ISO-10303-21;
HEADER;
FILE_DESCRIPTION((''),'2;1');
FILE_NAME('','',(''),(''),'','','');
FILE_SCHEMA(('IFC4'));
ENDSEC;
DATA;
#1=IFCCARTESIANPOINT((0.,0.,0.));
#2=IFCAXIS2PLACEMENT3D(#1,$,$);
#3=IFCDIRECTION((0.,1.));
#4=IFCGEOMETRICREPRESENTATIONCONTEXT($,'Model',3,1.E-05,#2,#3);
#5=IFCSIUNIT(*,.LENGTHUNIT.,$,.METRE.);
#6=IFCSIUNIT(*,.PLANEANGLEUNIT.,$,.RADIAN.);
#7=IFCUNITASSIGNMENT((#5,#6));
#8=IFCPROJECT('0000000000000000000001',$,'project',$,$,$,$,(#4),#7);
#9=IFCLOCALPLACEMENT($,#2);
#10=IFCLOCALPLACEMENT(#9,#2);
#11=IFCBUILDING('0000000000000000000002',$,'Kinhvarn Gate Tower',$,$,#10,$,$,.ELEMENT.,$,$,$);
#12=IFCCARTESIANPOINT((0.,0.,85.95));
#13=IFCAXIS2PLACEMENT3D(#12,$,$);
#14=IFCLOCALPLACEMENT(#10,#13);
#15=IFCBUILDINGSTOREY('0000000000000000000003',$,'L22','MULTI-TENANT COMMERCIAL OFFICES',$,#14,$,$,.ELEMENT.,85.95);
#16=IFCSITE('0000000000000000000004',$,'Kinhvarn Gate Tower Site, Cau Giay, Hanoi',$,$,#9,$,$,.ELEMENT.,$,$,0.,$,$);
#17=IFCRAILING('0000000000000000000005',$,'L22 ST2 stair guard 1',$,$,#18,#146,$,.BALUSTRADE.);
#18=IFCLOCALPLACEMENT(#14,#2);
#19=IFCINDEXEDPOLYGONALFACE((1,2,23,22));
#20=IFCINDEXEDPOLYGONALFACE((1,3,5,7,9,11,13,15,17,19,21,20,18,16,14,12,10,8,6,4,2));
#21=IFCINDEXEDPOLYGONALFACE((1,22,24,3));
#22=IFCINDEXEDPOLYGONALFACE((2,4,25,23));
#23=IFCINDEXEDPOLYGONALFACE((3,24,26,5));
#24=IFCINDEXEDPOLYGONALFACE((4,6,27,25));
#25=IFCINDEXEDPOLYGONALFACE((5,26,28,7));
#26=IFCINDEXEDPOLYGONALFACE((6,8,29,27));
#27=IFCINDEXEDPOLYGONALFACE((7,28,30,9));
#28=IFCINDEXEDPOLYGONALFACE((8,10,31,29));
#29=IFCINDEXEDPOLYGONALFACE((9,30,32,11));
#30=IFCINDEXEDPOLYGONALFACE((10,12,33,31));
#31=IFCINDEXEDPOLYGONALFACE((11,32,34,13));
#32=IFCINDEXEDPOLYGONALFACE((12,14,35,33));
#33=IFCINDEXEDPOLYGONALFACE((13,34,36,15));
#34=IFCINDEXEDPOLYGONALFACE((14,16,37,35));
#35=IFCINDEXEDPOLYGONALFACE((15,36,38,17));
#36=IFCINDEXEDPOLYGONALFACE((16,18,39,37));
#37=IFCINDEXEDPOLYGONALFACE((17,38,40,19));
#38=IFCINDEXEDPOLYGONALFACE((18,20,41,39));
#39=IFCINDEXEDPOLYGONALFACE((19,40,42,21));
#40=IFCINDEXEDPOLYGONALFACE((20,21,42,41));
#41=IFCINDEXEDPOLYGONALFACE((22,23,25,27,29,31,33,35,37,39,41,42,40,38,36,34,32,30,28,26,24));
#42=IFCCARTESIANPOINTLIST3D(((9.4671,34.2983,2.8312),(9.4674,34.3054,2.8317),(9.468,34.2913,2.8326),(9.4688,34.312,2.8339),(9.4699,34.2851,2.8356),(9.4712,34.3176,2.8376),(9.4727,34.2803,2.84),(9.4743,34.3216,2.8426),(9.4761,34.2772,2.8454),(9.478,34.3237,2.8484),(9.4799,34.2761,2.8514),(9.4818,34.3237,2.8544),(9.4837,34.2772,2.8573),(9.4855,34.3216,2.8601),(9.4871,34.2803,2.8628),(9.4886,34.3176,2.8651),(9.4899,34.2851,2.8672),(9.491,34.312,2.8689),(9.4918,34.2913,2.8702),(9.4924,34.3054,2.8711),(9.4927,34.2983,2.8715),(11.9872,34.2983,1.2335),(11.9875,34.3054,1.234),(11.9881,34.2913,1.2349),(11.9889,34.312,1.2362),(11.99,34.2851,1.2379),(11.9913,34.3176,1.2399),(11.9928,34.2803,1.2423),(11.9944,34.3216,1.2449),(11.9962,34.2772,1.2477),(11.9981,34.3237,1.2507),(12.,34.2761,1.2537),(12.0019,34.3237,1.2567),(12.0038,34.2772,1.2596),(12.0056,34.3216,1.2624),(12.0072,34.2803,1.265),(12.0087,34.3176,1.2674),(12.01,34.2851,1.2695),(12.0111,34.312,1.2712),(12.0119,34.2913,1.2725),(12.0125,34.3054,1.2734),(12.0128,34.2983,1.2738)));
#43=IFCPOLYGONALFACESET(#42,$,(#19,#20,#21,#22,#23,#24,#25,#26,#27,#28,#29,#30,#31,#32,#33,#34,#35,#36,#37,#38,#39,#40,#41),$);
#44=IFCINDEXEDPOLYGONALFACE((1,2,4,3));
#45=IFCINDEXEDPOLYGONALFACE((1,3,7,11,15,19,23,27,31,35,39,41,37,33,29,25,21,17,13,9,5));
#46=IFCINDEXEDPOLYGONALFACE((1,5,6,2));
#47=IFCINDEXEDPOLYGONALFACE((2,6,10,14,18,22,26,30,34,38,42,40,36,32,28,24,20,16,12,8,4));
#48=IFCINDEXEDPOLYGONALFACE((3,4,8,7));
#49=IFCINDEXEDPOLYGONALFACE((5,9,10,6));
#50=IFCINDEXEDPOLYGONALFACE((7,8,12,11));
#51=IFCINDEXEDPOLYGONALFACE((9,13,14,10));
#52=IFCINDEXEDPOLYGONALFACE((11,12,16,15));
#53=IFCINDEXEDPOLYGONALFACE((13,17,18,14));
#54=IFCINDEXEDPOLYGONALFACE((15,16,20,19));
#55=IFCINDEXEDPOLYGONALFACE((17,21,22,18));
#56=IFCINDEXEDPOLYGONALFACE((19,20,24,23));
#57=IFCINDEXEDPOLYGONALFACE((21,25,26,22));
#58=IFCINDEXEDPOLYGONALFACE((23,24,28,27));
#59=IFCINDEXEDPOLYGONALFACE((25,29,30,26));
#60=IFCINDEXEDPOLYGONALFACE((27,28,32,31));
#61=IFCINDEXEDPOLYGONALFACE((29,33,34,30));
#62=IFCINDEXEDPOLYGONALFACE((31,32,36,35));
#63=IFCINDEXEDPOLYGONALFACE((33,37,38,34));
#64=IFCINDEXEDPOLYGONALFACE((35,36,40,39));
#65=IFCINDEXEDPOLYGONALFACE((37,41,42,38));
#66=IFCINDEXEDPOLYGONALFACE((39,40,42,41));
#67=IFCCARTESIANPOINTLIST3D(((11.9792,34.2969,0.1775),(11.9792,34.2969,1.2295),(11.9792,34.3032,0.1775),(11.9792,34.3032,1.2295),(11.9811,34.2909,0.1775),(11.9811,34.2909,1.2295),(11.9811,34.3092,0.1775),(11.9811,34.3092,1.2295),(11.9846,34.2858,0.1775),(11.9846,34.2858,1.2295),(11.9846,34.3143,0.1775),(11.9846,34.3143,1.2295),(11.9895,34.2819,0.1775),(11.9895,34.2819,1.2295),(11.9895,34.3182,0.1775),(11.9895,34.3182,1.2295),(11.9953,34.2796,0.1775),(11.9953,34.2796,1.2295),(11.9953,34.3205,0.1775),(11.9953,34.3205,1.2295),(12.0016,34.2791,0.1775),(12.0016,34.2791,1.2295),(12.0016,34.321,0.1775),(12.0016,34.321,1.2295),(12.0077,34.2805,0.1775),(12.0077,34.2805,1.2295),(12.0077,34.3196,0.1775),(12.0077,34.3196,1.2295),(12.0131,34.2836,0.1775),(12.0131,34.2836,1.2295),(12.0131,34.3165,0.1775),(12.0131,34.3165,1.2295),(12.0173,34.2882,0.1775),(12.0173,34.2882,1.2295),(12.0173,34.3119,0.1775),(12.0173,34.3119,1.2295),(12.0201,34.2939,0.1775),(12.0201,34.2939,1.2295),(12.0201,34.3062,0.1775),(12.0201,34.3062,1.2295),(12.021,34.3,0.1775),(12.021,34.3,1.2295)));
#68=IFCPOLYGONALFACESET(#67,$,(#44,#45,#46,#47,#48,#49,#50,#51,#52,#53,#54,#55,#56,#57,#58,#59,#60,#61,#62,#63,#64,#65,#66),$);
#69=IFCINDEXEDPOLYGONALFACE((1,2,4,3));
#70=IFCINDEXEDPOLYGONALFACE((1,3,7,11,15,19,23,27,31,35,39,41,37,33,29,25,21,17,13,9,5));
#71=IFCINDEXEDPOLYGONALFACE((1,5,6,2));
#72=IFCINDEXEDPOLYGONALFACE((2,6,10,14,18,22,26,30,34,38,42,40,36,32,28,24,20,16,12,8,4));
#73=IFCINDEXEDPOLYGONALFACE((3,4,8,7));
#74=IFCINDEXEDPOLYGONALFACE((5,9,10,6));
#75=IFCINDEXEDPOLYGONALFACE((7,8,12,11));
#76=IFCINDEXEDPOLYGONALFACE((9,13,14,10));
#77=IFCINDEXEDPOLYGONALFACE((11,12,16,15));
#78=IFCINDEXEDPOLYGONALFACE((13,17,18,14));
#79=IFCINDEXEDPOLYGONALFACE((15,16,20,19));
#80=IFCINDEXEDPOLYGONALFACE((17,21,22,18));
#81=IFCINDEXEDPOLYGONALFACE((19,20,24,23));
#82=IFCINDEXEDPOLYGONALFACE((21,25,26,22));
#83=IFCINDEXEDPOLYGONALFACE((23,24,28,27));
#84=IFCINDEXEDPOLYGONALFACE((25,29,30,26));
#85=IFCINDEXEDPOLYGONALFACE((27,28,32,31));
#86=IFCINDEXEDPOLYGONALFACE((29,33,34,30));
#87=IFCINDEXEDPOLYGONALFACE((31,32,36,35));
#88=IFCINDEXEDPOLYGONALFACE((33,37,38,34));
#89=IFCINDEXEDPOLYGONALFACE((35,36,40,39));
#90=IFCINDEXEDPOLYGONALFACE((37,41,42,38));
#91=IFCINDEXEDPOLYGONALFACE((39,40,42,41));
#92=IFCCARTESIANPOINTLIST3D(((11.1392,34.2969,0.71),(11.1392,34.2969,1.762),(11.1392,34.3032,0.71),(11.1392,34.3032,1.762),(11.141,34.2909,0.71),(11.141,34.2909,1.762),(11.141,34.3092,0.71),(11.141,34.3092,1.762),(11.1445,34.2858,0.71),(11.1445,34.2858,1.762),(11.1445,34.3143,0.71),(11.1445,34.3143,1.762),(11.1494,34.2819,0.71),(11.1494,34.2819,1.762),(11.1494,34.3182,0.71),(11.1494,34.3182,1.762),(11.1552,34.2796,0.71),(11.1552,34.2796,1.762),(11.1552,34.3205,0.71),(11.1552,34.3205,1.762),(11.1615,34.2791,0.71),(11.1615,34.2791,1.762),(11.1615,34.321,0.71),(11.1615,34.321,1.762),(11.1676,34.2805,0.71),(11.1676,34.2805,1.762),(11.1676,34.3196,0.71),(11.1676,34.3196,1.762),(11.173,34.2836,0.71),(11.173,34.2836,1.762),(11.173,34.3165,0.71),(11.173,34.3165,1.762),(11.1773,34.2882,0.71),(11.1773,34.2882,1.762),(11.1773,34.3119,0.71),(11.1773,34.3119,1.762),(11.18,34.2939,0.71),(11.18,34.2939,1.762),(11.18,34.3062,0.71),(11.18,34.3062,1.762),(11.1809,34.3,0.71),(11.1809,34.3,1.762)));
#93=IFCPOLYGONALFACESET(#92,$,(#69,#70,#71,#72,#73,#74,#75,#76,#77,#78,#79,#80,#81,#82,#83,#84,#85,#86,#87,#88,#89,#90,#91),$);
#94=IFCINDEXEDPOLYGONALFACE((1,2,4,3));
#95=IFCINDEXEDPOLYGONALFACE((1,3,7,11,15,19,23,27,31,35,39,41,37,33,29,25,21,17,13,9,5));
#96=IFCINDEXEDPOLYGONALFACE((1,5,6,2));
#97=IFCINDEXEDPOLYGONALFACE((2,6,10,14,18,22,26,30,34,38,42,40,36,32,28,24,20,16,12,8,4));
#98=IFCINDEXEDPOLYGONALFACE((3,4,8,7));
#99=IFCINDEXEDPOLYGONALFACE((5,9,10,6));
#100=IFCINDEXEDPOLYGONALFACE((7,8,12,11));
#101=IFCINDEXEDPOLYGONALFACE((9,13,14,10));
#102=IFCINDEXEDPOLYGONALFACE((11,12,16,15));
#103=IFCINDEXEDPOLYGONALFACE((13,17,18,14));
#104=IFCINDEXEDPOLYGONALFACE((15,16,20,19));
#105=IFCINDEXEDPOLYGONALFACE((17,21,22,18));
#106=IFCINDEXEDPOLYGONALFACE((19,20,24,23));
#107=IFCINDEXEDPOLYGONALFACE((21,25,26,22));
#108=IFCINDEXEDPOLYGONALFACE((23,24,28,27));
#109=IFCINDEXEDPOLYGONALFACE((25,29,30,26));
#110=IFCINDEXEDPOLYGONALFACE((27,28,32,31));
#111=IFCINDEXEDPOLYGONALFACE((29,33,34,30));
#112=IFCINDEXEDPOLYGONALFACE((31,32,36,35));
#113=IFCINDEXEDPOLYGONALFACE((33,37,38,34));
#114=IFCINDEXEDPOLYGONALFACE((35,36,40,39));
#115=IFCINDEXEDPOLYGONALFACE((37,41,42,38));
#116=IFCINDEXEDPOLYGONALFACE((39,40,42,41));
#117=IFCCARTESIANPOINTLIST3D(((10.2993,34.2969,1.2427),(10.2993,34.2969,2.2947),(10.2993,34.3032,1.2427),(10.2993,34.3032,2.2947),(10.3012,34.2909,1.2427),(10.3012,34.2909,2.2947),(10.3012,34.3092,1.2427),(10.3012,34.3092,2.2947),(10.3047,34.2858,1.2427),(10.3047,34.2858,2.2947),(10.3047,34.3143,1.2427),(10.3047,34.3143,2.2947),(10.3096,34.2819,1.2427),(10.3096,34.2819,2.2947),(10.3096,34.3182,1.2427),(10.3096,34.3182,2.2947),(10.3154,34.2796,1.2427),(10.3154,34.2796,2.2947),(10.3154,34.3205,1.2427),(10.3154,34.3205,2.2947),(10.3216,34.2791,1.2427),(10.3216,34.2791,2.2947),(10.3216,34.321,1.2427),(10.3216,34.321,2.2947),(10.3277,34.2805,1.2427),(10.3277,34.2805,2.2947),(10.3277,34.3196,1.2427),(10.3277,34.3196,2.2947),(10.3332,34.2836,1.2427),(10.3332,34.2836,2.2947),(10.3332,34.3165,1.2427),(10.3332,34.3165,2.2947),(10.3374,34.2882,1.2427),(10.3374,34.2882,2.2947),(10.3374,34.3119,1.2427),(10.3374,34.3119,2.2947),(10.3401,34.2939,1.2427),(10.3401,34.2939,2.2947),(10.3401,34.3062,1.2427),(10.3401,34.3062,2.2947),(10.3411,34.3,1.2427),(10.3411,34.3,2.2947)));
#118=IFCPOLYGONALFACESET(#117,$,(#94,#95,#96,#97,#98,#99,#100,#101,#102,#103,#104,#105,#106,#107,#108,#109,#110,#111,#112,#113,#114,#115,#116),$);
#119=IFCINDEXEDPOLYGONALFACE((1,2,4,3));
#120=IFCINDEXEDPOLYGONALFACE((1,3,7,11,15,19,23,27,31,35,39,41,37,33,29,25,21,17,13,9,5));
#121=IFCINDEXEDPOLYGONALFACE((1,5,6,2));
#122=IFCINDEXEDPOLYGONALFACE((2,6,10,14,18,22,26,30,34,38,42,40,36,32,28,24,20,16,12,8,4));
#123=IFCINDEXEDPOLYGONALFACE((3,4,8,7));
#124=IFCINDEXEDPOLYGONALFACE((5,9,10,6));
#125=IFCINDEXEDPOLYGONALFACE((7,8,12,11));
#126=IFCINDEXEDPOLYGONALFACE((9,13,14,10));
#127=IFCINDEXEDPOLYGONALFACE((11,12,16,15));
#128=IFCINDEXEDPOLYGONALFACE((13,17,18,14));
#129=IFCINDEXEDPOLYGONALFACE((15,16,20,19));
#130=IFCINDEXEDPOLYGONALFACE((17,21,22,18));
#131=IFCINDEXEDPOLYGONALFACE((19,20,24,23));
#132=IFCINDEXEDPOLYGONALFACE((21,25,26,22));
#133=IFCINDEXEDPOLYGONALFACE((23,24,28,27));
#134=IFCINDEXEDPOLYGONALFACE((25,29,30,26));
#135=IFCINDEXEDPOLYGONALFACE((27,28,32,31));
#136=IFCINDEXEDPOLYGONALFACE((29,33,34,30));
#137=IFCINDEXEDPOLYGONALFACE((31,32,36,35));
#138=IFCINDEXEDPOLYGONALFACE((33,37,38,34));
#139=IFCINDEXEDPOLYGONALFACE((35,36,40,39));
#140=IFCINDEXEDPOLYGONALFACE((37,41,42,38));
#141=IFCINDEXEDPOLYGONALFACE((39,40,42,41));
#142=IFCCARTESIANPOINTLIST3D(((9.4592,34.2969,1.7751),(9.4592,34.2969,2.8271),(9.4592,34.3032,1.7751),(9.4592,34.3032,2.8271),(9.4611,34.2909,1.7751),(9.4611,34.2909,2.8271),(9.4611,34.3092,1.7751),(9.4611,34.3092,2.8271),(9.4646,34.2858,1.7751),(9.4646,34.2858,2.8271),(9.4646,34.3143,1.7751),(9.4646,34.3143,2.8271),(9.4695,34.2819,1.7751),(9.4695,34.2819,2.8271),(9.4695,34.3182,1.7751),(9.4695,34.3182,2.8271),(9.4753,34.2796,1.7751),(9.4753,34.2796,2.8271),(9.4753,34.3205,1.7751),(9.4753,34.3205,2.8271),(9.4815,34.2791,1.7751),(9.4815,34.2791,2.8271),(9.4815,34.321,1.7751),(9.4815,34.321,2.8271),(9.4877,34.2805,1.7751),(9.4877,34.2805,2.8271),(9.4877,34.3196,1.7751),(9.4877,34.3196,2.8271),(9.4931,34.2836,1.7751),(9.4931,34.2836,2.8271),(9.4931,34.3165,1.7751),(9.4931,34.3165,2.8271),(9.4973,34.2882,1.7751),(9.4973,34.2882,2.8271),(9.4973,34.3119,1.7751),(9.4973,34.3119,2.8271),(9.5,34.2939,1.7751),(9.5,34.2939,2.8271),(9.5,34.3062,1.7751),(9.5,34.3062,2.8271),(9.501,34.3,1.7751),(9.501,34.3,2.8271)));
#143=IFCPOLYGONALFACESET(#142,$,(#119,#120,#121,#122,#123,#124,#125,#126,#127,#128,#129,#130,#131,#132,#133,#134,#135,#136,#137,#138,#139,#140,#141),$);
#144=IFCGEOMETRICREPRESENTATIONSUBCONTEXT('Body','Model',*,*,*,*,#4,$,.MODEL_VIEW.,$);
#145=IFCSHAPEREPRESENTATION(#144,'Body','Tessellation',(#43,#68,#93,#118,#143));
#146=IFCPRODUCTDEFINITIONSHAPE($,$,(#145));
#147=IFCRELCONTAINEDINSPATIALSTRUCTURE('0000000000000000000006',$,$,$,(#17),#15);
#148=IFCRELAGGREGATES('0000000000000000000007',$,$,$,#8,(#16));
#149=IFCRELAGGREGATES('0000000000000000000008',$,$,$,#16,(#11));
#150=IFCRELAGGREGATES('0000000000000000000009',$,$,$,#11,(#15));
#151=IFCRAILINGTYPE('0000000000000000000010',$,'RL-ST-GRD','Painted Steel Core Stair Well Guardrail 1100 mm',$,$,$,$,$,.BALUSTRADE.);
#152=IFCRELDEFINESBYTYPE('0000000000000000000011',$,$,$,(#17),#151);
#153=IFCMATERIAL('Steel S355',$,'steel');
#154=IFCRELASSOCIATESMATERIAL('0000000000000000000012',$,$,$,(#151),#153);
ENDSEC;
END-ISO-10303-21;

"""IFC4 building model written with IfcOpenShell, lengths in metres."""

from ifc_helpers import new_model, si_unit, direction, frame, origin, origin_2d, place, context, subcontext, project, spatial, circle, extrude, material, type_object, element, save


model = new_model("IFC4")

# Units and contexts
model_context = context("Model", 3, precision=1e-05, world=origin(), true_north=direction((0.0, 1.0)))
body_context = subcontext(model_context, "Body", "Model", "MODEL_VIEW")
ifc_project = project(units=[si_unit("LENGTHUNIT", "METRE"), si_unit("PLANEANGLEUNIT", "RADIAN")], contexts=[model_context])

# Site, building, storey
site_placement = place(None, origin())
site = spatial("IfcSite", under=ifc_project, at=site_placement, Name="Kinhvarn Gate Tower Site, Cau Giay, Hanoi", CompositionType="ELEMENT", RefElevation=0.0)
building_placement = place(site_placement, origin())
building = spatial("IfcBuilding", under=site, at=building_placement, Name="Kinhvarn Gate Tower", CompositionType="ELEMENT")
storey_placement = place(building_placement, frame((0.0, 0.0, 85.95)))
storey = spatial("IfcBuildingStorey", under=building, at=storey_placement, Name="L22", Description="MULTI-TENANT COMMERCIAL OFFICES", CompositionType="ELEMENT", Elevation=85.95)

# Shared definitions
ifc_material_1 = material(Name="Steel S355", Category="steel")

# Railing
railing_type_1 = type_object("IfcRailingType", Name="RL-ST-GRD", Description="Painted Steel Core Stair Well Guardrail 1100 mm", PredefinedType="BALUSTRADE", material=ifc_material_1)
railing_1_placement = place(storey_placement, frame((12.0, 34.3, 0.1775)))
element("IfcRailing", 1, at=railing_1_placement, inside=storey, type_object=railing_type_1, Name="L22 ST2 stair guard 1", PredefinedType="BALUSTRADE", context=body_context, shape_type="SweptSolid", body=[
    extrude(circle(Radius=0.0239, at=origin_2d()), frame((0.0, 0.0, 1.0762), z_axis=(-0.84457, 0.0, 0.535445), x_axis=(0.0, -1.0, 0.0)), (0.0, 0.0, 1.0), 2.9839),
    extrude(circle(Radius=0.021, at=origin_2d()), origin(), (0.0, 0.0, 1.0), 1.052),
    extrude(circle(Radius=0.021, at=origin_2d()), frame((-0.8401, 0.0, 0.5325)), (0.0, 0.0, 1.0), 1.052),
    extrude(circle(Radius=0.021, at=origin_2d()), frame((-1.6799, 0.0, 1.0652)), (0.0, 0.0, 1.0), 1.052),
    extrude(circle(Radius=0.021, at=origin_2d()), frame((-2.52, 0.0, 1.5977)), (0.0, 0.0, 1.0), 1.052),
])

save(model, "model.ifc")
